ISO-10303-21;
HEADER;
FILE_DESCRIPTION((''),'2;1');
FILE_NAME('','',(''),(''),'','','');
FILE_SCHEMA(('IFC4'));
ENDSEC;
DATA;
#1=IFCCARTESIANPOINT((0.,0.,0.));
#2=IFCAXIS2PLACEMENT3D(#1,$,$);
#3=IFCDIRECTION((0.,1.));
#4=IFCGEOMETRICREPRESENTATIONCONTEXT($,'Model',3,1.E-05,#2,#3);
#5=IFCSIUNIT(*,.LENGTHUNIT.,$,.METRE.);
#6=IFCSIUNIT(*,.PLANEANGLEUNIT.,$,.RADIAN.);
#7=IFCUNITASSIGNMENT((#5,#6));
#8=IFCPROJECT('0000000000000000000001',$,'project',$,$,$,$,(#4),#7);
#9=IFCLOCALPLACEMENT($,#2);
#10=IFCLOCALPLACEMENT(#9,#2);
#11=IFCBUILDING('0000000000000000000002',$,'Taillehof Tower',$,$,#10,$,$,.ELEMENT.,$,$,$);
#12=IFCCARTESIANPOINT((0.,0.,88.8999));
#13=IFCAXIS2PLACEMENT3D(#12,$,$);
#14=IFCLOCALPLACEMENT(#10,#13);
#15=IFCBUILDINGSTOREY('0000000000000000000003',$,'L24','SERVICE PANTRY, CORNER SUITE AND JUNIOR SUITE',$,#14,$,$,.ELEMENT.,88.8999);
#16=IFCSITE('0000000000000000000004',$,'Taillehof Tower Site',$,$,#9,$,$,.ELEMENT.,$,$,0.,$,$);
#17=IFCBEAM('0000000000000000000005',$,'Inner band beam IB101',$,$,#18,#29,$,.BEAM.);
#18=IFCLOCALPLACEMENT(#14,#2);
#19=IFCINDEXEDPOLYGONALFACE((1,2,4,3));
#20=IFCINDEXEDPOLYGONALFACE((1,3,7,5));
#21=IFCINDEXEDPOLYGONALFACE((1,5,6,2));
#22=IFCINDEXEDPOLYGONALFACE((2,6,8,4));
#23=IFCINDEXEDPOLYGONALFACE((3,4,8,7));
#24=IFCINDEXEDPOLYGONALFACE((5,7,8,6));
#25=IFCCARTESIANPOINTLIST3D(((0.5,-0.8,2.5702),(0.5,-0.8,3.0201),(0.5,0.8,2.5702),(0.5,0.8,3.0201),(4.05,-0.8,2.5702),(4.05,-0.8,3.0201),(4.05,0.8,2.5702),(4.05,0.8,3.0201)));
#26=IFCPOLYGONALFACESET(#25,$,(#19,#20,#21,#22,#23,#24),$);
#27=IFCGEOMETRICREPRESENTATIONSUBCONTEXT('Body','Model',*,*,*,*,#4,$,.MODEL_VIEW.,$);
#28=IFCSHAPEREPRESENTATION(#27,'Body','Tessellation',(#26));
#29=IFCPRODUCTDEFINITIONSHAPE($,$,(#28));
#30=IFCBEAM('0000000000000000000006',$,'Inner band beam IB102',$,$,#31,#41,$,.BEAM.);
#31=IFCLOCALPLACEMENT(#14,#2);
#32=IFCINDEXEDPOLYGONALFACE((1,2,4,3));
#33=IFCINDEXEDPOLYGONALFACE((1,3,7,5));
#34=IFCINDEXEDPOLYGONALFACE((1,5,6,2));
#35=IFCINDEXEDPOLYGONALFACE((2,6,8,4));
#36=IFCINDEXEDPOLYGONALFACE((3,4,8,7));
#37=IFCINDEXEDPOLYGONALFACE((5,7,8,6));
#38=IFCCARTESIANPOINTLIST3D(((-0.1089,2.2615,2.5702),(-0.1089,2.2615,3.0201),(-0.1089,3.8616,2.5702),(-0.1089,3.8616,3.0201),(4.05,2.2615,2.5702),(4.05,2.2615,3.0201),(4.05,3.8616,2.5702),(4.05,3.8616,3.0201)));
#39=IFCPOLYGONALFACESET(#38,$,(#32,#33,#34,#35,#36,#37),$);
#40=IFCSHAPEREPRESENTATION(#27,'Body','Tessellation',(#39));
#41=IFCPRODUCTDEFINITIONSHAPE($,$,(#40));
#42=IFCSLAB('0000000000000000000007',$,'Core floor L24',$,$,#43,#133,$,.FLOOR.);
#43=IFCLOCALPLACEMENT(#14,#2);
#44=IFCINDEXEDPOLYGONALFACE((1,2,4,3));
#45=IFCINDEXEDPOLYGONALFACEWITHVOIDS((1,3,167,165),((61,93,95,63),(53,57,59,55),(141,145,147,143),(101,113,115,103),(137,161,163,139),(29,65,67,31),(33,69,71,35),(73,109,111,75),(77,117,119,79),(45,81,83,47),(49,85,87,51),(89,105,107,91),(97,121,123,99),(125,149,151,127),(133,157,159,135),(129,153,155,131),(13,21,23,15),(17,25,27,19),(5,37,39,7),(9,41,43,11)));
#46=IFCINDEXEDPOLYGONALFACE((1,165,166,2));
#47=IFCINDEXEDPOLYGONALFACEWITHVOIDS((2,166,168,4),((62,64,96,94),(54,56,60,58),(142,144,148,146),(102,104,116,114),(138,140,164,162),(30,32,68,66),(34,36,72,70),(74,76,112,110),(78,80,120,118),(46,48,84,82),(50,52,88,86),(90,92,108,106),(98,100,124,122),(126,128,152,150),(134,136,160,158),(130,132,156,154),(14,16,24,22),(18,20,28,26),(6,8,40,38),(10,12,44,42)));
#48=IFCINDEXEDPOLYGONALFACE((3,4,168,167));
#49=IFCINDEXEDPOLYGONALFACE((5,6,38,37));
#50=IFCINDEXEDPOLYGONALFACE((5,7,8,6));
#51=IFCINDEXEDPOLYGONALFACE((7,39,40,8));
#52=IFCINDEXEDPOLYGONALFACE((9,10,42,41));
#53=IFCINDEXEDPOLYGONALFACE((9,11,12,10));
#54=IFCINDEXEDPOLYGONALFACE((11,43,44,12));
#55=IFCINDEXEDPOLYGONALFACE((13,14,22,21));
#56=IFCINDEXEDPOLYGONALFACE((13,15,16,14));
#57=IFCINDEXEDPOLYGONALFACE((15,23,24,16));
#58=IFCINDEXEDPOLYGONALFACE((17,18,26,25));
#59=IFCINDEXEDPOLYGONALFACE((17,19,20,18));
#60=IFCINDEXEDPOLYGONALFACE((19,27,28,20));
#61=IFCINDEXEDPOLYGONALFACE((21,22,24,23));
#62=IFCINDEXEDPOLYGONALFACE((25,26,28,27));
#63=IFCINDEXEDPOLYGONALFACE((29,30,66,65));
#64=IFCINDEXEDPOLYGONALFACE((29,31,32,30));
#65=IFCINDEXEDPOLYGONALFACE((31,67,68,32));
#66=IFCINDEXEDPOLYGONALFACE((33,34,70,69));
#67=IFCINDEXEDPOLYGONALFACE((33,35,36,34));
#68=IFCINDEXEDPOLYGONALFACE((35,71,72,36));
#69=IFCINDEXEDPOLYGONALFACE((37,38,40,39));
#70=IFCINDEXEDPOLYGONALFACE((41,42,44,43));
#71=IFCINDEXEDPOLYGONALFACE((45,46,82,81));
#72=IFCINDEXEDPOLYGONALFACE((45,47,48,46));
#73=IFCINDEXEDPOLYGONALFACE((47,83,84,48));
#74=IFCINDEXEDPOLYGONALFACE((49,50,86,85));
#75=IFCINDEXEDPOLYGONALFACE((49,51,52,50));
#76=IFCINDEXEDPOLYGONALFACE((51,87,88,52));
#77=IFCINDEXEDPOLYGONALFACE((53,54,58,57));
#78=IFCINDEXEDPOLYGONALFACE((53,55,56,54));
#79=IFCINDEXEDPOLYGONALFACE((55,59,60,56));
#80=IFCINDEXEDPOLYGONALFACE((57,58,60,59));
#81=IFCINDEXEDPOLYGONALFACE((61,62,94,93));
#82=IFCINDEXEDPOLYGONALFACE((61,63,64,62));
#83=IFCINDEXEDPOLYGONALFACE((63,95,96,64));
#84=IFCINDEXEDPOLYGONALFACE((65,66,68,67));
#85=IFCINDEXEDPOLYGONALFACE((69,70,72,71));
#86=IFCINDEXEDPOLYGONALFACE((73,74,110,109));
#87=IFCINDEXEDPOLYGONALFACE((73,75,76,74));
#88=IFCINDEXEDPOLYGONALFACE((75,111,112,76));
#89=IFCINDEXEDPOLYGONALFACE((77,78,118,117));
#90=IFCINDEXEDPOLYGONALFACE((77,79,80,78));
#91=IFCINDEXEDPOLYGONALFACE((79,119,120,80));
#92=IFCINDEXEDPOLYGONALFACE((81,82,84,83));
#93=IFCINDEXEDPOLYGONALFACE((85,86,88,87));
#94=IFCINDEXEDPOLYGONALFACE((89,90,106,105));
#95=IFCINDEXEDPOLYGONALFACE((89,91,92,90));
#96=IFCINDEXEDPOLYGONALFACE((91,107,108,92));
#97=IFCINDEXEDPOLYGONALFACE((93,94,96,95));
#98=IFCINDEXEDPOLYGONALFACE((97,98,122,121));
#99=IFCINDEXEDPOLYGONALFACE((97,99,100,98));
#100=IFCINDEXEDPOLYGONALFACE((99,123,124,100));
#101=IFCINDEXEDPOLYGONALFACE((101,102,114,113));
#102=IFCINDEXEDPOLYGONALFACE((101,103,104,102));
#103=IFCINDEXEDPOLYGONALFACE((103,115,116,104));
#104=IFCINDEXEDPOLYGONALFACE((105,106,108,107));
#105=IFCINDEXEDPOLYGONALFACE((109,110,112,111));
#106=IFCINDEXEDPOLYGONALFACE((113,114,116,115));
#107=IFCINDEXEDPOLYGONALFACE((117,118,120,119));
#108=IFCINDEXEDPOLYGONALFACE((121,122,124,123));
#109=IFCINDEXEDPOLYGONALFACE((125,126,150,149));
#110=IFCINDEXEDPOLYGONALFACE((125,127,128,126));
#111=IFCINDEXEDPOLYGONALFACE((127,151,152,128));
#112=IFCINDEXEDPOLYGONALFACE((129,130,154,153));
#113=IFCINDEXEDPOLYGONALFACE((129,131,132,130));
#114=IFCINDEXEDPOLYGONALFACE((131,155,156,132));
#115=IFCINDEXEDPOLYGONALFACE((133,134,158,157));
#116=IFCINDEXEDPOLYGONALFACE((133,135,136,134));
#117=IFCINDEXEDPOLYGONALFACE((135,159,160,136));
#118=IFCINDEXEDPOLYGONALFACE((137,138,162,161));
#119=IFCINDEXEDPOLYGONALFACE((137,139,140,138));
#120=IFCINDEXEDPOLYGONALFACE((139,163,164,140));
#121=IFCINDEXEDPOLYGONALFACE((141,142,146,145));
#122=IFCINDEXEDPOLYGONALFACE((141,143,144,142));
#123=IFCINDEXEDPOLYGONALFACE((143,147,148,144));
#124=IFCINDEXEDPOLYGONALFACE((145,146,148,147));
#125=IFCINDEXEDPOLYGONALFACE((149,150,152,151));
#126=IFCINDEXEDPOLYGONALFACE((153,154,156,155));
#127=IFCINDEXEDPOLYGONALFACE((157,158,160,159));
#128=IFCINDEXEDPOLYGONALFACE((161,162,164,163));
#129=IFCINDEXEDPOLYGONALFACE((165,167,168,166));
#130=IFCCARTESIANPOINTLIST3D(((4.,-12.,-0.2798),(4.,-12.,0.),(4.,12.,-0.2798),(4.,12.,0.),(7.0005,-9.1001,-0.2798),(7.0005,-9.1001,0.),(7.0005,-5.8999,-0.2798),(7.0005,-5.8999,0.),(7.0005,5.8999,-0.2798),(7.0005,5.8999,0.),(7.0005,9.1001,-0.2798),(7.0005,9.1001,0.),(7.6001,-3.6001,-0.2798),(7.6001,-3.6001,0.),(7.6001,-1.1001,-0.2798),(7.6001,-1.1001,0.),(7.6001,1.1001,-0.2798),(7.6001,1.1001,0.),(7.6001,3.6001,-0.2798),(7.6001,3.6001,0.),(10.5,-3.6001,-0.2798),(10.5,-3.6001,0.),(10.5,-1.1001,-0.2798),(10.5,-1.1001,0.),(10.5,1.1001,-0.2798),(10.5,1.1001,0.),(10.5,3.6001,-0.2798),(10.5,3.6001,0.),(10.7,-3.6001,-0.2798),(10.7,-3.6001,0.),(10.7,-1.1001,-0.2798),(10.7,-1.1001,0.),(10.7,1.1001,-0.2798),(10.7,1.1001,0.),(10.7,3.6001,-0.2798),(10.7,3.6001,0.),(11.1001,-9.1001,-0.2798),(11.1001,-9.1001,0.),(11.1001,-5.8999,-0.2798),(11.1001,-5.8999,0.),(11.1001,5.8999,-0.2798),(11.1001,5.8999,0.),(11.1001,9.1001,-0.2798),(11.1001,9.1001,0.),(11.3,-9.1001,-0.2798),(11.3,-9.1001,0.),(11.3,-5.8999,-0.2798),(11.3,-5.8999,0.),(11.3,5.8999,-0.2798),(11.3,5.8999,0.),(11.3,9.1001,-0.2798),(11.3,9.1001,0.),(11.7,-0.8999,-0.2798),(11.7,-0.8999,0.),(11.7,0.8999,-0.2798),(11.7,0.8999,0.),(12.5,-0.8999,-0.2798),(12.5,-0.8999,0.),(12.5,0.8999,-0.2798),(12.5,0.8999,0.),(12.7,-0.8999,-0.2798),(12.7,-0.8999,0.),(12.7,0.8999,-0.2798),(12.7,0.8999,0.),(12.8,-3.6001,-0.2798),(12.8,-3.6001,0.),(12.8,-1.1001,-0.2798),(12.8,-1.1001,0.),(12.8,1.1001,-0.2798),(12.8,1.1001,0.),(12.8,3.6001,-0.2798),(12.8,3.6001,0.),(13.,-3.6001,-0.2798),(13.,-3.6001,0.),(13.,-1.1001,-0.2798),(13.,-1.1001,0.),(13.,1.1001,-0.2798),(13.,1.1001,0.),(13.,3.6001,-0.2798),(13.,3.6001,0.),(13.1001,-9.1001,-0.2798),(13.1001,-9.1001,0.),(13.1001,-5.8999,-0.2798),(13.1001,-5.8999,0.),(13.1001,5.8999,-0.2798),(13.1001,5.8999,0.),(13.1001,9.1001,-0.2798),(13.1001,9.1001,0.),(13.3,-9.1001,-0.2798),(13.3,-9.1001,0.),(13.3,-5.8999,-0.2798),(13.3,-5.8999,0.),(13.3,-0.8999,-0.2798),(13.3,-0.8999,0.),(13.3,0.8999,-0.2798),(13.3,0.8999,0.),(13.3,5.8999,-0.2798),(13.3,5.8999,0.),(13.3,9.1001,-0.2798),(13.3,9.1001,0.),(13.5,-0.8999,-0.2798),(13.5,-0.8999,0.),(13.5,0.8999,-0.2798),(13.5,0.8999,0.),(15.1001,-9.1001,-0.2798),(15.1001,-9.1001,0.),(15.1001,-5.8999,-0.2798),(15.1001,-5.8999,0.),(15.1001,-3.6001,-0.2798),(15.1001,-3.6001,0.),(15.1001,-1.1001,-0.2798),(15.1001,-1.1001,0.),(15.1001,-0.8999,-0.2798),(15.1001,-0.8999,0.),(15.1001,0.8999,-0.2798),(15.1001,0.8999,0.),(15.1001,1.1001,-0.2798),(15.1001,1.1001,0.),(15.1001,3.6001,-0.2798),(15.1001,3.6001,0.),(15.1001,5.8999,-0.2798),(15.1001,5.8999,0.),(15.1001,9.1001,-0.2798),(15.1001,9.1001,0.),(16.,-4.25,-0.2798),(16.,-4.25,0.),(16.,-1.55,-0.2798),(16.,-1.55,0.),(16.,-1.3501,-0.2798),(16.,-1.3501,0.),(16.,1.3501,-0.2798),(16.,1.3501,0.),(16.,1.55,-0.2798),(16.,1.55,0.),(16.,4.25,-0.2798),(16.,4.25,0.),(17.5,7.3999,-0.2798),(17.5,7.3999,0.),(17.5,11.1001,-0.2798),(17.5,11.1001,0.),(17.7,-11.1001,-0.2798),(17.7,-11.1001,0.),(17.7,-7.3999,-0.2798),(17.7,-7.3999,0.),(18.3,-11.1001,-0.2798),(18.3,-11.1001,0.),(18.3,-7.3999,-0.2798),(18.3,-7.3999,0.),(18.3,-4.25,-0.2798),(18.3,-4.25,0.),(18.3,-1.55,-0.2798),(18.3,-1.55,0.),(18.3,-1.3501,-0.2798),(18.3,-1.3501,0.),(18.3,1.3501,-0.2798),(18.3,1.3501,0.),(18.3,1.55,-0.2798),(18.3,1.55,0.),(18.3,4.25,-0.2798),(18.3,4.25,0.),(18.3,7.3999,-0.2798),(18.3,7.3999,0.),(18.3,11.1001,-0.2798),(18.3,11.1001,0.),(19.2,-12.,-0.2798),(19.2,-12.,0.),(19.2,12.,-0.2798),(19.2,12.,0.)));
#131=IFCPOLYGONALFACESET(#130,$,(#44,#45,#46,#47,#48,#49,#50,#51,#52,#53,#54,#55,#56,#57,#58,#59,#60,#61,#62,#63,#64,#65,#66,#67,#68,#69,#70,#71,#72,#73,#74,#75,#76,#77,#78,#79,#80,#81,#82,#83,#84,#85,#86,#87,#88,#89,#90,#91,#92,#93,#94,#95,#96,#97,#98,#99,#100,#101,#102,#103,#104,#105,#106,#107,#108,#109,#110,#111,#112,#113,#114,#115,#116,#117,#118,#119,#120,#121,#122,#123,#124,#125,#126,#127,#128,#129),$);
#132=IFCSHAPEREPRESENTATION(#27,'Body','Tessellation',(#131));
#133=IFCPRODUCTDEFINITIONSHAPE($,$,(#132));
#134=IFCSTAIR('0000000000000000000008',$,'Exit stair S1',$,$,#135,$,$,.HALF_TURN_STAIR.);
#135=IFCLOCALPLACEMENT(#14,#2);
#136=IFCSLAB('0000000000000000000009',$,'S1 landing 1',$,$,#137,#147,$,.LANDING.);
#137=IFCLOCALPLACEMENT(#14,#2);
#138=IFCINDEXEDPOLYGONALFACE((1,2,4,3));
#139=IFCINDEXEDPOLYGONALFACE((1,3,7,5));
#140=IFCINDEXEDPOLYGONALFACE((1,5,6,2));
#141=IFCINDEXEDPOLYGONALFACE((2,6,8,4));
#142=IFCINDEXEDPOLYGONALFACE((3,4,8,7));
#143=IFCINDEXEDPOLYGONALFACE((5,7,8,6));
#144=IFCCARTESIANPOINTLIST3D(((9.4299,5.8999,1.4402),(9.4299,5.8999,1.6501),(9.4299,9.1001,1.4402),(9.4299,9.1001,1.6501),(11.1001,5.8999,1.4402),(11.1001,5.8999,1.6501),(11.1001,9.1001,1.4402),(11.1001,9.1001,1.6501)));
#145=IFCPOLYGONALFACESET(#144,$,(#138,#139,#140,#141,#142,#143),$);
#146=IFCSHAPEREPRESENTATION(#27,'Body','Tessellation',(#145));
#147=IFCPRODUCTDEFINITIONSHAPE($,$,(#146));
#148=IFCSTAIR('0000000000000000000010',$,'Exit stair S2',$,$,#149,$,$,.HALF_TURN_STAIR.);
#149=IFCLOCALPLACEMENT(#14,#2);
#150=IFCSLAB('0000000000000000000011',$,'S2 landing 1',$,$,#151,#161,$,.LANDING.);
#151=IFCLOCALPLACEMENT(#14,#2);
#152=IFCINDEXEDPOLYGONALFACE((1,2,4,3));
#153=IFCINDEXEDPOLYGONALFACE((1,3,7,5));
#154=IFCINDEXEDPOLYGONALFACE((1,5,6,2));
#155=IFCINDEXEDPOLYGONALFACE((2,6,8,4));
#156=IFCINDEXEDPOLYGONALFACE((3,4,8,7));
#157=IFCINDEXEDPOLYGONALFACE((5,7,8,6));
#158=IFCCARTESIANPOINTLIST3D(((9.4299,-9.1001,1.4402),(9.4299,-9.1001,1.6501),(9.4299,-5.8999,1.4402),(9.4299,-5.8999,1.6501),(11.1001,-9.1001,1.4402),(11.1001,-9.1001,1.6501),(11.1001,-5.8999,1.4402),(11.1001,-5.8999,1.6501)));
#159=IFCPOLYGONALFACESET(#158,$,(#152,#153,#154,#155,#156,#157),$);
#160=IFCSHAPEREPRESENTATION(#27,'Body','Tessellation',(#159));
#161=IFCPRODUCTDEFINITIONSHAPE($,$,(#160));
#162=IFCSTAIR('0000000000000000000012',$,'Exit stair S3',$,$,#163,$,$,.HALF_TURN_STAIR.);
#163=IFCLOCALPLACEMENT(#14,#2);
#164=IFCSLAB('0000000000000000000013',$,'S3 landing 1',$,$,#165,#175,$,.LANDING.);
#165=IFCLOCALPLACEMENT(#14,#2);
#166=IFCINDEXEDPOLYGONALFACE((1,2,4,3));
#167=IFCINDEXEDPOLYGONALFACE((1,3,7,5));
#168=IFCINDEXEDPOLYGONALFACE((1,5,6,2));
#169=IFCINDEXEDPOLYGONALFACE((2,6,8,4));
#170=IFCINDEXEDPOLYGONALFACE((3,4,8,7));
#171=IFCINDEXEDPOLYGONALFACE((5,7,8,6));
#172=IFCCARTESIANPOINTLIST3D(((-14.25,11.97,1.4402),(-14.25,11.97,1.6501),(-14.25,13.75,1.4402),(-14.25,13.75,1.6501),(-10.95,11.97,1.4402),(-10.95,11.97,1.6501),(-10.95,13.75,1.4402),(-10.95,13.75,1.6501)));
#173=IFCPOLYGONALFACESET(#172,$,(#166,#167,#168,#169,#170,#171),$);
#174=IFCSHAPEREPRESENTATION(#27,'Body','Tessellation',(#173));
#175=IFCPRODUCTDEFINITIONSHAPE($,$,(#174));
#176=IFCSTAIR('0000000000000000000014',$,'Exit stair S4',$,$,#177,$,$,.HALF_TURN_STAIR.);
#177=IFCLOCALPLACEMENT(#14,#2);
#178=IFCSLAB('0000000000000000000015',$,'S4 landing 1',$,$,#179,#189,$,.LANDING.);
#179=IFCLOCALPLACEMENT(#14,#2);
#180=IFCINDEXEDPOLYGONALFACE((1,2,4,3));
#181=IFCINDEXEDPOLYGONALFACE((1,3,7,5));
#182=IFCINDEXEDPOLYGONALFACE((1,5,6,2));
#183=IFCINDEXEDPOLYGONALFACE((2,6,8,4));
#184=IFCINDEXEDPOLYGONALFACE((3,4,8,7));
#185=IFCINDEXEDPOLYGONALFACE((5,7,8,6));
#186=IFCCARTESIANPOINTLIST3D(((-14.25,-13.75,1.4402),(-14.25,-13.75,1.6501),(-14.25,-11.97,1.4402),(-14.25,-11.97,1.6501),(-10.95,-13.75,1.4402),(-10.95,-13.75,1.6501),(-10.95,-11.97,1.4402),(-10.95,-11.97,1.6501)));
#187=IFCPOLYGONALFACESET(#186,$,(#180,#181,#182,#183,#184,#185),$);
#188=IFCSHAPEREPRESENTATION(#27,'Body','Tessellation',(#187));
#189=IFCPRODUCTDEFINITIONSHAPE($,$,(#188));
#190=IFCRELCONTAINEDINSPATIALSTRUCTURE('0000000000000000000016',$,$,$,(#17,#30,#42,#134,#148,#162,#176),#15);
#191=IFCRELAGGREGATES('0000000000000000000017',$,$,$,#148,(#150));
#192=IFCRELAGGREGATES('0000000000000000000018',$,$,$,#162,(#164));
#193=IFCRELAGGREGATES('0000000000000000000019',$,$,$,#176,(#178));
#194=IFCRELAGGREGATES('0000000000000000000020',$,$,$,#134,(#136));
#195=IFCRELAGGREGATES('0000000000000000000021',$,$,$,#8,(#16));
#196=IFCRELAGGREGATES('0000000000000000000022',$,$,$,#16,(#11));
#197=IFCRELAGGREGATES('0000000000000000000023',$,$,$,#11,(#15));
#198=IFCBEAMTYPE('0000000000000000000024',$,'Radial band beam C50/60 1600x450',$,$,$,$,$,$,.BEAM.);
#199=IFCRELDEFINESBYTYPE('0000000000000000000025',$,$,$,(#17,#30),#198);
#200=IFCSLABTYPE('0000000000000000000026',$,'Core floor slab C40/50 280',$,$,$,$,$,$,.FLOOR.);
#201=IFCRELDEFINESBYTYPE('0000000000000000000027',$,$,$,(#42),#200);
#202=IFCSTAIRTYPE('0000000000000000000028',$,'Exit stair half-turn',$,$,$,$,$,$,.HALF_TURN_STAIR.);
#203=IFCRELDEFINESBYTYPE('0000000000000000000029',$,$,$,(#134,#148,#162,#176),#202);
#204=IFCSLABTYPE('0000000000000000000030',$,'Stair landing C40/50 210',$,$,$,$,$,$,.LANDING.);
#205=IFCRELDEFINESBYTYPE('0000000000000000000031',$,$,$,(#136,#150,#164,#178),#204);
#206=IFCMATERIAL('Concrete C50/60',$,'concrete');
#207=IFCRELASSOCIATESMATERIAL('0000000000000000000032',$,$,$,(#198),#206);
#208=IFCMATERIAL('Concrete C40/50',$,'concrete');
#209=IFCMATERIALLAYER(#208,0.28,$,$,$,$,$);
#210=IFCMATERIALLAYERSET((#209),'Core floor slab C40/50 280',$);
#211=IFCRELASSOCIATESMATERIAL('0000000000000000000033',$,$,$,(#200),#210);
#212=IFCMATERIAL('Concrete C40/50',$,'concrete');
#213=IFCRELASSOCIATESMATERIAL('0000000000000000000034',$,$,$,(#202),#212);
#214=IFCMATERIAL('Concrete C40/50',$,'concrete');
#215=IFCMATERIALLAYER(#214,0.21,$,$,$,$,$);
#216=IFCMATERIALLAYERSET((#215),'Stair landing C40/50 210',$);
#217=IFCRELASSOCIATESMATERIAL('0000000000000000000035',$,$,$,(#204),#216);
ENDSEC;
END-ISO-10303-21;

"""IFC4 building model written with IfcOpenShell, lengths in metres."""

from ifc_helpers import new_model, si_unit, direction, frame, origin, origin_2d, place, context, subcontext, project, spatial, polyline, rectangle, outline, extrude, material, layer, layer_set, material_profile, profile_set, type_object, element, aggregate, save


model = new_model("IFC4")

# Units and contexts
model_context = context("Model", 3, precision=1e-05, world=origin(), true_north=direction((0.0, 1.0)))
body_context = subcontext(model_context, "Body", "Model", "MODEL_VIEW")
ifc_project = project(units=[si_unit("LENGTHUNIT", "METRE"), si_unit("PLANEANGLEUNIT", "RADIAN")], contexts=[model_context])

# Site, building, storey
site_placement = place(None, origin())
site = spatial("IfcSite", under=ifc_project, at=site_placement, Name="Taillehof Tower Site", CompositionType="ELEMENT", RefElevation=0.0)
building_placement = place(site_placement, origin())
building = spatial("IfcBuilding", under=site, at=building_placement, Name="Taillehof Tower", CompositionType="ELEMENT")
storey_placement = place(building_placement, frame((0.0, 0.0, 88.8999)))
storey = spatial("IfcBuildingStorey", under=building, at=storey_placement, Name="L24", Description="SERVICE PANTRY, CORNER SUITE AND JUNIOR SUITE", CompositionType="ELEMENT", Elevation=88.8999)

# Beams
ifc_material_1 = material(Name="Concrete C50/60", Category="concrete")
ifc_material_profile = material_profile(ifc_material_1, rectangle(XDim=1.6001, YDim=0.45, at=origin_2d()), Name="RC 1600x450")
ifc_profile_set = profile_set([ifc_material_profile], Name="Concrete C50/60")
beam_type = type_object("IfcBeamType", Name="Radial band beam C50/60 1600x450", PredefinedType="BEAM", material=ifc_profile_set)
beam_1_placement = place(storey_placement, frame((0.5, 0.0, 2.7952), z_axis=(1.0, 0.0, 0.0), x_axis=(0.0, 1.0, 0.0)))
element("IfcBeam", 1, at=beam_1_placement, inside=storey, type_object=beam_type, Name="Inner band beam IB101", PredefinedType="BEAM", context=body_context, shape_type="SweptSolid", body=[
    extrude(rectangle(XDim=1.6001, YDim=0.45, at=origin_2d()), origin(), (0.0, 0.0, 1.0), 3.55),
])
beam_2_placement = place(storey_placement, frame((-0.1089, 3.0615, 2.7952), z_axis=(1.0, 0.0, 0.0), x_axis=(0.0, 1.0, 0.0)))
element("IfcBeam", 2, at=beam_2_placement, inside=storey, type_object=beam_type, Name="Inner band beam IB102", PredefinedType="BEAM", context=body_context, shape_type="SweptSolid", body=[
    extrude(rectangle(XDim=1.6001, YDim=0.45, at=origin_2d()), origin(), (0.0, 0.0, 1.0), 4.1589),
])

# Slab
ifc_material_2 = material(Name="Concrete C40/50", Category="concrete")
ifc_layer_1 = layer(ifc_material_2, 0.28)
ifc_layer_set_1 = layer_set([ifc_layer_1], Name="Core floor slab C40/50 280")
slab_type_1 = type_object("IfcSlabType", Name="Core floor slab C40/50 280", PredefinedType="FLOOR", material=ifc_layer_set_1)
slab_1_placement = place(storey_placement, frame((0.0, 0.0, -0.2798)))
element("IfcSlab", 3, at=slab_1_placement, inside=storey, type_object=slab_type_1, Name="Core floor L24", PredefinedType="FLOOR", context=body_context, shape_type="SweptSolid", body=[
    extrude(outline(polyline([(4.0, -12.0), (4.0, 12.0), (19.2, 12.0), (19.2, -12.0), (4.0, -12.0)]), holes=[polyline([(7.0005, -9.1001), (11.1001, -9.1001), (11.1001, -5.8999), (7.0005, -5.8999), (7.0005, -9.1001)]), polyline([(13.1001, -9.1001), (13.1001, -5.8999), (11.3, -5.8999), (11.3, -9.1001), (13.1001, -9.1001)]), polyline([(10.5, -3.6001), (10.5, -1.1001), (7.6001, -1.1001), (7.6001, -3.6001), (10.5, -3.6001)]), polyline([(10.7, -3.6001), (12.8, -3.6001), (12.8, -1.1001), (10.7, -1.1001), (10.7, -3.6001)]), polyline([(11.7, -0.8999), (12.5, -0.8999), (12.5, 0.8999), (11.7, 0.8999), (11.7, -0.8999)]), polyline([(13.3, -0.8999), (13.3, 0.8999), (12.7, 0.8999), (12.7, -0.8999), (13.3, -0.8999)]), polyline([(10.5, 1.1001), (10.5, 3.6001), (7.6001, 3.6001), (7.6001, 1.1001), (10.5, 1.1001)]), polyline([(12.8, 1.1001), (12.8, 3.6001), (10.7, 3.6001), (10.7, 1.1001), (12.8, 1.1001)]), polyline([(11.3, 5.8999), (13.1001, 5.8999), (13.1001, 9.1001), (11.3, 9.1001), (11.3, 5.8999)]), polyline([(7.0005, 5.8999), (11.1001, 5.8999), (11.1001, 9.1001), (7.0005, 9.1001), (7.0005, 5.8999)]), polyline([(18.3, -11.1001), (18.3, -7.3999), (17.7, -7.3999), (17.7, -11.1001), (18.3, -11.1001)]), polyline([(15.1001, -9.1001), (15.1001, -5.8999), (13.3, -5.8999), (13.3, -9.1001), (15.1001, -9.1001)]), polyline([(18.3, -4.25), (18.3, -1.55), (16.0, -1.55), (16.0, -4.25), (18.3, -4.25)]), polyline([(13.0, -3.6001), (15.1001, -3.6001), (15.1001, -1.1001), (13.0, -1.1001), (13.0, -3.6001)]), polyline([(13.5, -0.8999), (15.1001, -0.8999), (15.1001, 0.8999), (13.5, 0.8999), (13.5, -0.8999)]), polyline([(18.3, -1.3501), (18.3, 1.3501), (16.0, 1.3501), (16.0, -1.3501), (18.3, -1.3501)]), polyline([(15.1001, 1.1001), (15.1001, 3.6001), (13.0, 3.6001), (13.0, 1.1001), (15.1001, 1.1001)]), polyline([(18.3, 1.55), (18.3, 4.25), (16.0, 4.25), (16.0, 1.55), (18.3, 1.55)]), polyline([(13.3, 5.8999), (15.1001, 5.8999), (15.1001, 9.1001), (13.3, 9.1001), (13.3, 5.8999)]), polyline([(17.5, 7.3999), (18.3, 7.3999), (18.3, 11.1001), (17.5, 11.1001), (17.5, 7.3999)])]), origin(), (0.0, 0.0, 1.0), 0.2798),
])

# Stairs, slabs
ifc_material_3 = material(Name="Concrete C40/50", Category="concrete")
stair_type = type_object("IfcStairType", Name="Exit stair half-turn", PredefinedType="HALF_TURN_STAIR", material=ifc_material_3)
stair_1_placement = place(storey_placement, origin())
stair_1 = element("IfcStair", 4, at=stair_1_placement, inside=storey, type_object=stair_type, Name="Exit stair S1", PredefinedType="HALF_TURN_STAIR")
ifc_material_4 = material(Name="Concrete C40/50", Category="concrete")
ifc_layer_2 = layer(ifc_material_4, 0.21)
ifc_layer_set_2 = layer_set([ifc_layer_2], Name="Stair landing C40/50 210")
slab_type_2 = type_object("IfcSlabType", Name="Stair landing C40/50 210", PredefinedType="LANDING", material=ifc_layer_set_2)
slab_2_placement = place(storey_placement, frame((0.0, 0.0, 1.4402)))
slab_2 = element("IfcSlab", 5, at=slab_2_placement, type_object=slab_type_2, Name="S1 landing 1", PredefinedType="LANDING", context=body_context, shape_type="SweptSolid", body=[
    extrude(outline(polyline([(9.4299, 5.8999), (11.1001, 5.8999), (11.1001, 9.1001), (9.4299, 9.1001), (9.4299, 5.8999)])), origin(), (0.0, 0.0, 1.0), 0.21),
])
stair_2_placement = place(storey_placement, origin())
stair_2 = element("IfcStair", 6, at=stair_2_placement, inside=storey, type_object=stair_type, Name="Exit stair S2", PredefinedType="HALF_TURN_STAIR")
slab_3_placement = place(storey_placement, frame((0.0, 0.0, 1.4402)))
slab_3 = element("IfcSlab", 7, at=slab_3_placement, type_object=slab_type_2, Name="S2 landing 1", PredefinedType="LANDING", context=body_context, shape_type="SweptSolid", body=[
    extrude(outline(polyline([(9.4299, -5.8999), (11.1001, -5.8999), (11.1001, -9.1001), (9.4299, -9.1001), (9.4299, -5.8999)])), origin(), (0.0, 0.0, 1.0), 0.21),
])
aggregate(stair_2, [slab_3])
stair_3_placement = place(storey_placement, origin())
stair_3 = element("IfcStair", 8, at=stair_3_placement, inside=storey, type_object=stair_type, Name="Exit stair S3", PredefinedType="HALF_TURN_STAIR")
slab_4_placement = place(storey_placement, frame((0.0, 0.0, 1.4402)))
slab_4 = element("IfcSlab", 9, at=slab_4_placement, type_object=slab_type_2, Name="S3 landing 1", PredefinedType="LANDING", context=body_context, shape_type="SweptSolid", body=[
    extrude(outline(polyline([(-14.25, 11.97), (-14.25, 13.75), (-10.95, 13.75), (-10.95, 11.97), (-14.25, 11.97)])), origin(), (0.0, 0.0, 1.0), 0.21),
])
aggregate(stair_3, [slab_4])
stair_4_placement = place(storey_placement, origin())
stair_4 = element("IfcStair", 10, at=stair_4_placement, inside=storey, type_object=stair_type, Name="Exit stair S4", PredefinedType="HALF_TURN_STAIR")
slab_5_placement = place(storey_placement, frame((0.0, 0.0, 1.4402)))
slab_5 = element("IfcSlab", 11, at=slab_5_placement, type_object=slab_type_2, Name="S4 landing 1", PredefinedType="LANDING", context=body_context, shape_type="SweptSolid", body=[
    extrude(outline(polyline([(-14.25, -11.97), (-14.25, -13.75), (-10.95, -13.75), (-10.95, -11.97), (-14.25, -11.97)])), origin(), (0.0, 0.0, 1.0), 0.21),
])
aggregate(stair_4, [slab_5])

aggregate(stair_1, [slab_2])

save(model, "model.ifc")
